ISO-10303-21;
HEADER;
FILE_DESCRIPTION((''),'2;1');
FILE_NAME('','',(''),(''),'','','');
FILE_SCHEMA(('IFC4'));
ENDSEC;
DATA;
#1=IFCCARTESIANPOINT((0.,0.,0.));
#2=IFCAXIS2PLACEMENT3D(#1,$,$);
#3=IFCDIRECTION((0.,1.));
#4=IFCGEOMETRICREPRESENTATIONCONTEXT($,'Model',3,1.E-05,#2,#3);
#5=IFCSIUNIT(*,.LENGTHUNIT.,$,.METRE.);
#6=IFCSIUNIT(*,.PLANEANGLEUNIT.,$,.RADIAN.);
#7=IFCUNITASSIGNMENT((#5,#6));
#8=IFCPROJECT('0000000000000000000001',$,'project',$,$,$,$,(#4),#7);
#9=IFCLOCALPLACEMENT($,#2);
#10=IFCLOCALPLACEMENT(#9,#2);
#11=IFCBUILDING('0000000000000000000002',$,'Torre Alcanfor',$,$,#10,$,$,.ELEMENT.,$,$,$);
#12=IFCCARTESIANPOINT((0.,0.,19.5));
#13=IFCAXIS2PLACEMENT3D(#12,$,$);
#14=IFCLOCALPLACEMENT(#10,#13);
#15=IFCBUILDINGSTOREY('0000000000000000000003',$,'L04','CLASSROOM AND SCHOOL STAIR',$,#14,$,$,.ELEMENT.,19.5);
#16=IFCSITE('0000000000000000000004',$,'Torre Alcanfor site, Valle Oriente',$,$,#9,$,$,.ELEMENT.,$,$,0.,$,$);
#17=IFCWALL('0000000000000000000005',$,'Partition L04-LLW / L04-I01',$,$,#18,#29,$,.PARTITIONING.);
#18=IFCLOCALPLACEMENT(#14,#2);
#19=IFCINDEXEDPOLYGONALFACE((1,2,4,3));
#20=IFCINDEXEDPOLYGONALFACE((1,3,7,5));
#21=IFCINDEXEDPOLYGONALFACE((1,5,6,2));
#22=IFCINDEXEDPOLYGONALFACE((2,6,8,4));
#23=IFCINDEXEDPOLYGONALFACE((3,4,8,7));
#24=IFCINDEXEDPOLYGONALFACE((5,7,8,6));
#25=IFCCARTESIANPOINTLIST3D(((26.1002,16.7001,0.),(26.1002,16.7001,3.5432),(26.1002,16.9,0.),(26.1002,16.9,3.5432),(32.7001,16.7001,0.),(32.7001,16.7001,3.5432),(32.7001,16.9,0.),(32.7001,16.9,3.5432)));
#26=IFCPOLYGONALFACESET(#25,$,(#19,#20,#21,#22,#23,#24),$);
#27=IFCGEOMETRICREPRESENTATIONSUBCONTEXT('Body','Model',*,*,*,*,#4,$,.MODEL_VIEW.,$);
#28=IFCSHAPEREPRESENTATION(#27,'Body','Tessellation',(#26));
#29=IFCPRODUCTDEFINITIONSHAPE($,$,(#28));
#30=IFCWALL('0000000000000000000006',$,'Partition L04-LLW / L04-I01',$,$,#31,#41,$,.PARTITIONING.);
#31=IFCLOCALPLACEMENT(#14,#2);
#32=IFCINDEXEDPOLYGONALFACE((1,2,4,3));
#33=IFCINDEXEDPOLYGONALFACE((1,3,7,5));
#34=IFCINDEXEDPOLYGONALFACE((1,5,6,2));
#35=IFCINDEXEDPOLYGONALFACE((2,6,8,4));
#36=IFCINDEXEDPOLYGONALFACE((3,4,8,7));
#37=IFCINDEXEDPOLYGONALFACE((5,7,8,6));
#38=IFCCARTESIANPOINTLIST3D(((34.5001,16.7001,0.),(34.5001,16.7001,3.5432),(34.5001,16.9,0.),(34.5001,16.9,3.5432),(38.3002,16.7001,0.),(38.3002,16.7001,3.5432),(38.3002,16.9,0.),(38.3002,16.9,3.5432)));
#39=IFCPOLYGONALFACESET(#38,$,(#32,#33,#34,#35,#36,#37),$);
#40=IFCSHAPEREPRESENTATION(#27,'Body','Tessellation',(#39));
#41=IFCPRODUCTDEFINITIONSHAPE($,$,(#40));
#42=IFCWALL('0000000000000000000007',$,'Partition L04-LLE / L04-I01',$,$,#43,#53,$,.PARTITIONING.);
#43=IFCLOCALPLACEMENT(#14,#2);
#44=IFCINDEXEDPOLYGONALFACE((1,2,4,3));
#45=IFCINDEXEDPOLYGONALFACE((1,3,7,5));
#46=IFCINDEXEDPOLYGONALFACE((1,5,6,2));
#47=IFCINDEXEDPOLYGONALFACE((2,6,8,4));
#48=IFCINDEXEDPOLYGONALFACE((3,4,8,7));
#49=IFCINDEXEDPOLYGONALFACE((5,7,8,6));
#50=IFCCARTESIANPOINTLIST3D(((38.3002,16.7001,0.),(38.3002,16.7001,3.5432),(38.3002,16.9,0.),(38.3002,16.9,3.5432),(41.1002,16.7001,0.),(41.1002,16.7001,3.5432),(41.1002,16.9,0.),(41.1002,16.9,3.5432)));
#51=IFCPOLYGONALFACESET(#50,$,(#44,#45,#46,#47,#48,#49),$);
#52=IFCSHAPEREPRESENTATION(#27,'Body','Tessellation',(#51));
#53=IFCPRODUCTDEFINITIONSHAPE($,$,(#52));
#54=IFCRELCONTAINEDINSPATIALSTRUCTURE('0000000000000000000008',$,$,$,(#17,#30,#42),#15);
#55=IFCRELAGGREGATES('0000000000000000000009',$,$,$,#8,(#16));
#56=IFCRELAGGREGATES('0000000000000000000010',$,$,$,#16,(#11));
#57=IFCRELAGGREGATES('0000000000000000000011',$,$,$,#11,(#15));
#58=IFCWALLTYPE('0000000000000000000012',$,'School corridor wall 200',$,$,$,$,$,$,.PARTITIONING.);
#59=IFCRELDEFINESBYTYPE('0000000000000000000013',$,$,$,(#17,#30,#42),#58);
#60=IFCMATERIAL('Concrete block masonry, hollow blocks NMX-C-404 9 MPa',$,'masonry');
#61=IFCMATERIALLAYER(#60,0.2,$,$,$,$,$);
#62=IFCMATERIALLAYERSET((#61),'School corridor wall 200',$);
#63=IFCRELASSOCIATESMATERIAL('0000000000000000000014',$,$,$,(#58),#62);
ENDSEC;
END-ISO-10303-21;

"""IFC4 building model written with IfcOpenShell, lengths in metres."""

from ifc_helpers import new_model, si_unit, direction, frame, frame_2d, origin, place, context, subcontext, project, spatial, rectangle, extrude, material, layer, layer_set, type_object, element, save


model = new_model("IFC4")

# Units and contexts
model_context = context("Model", 3, precision=1e-05, world=origin(), true_north=direction((0.0, 1.0)))
body_context = subcontext(model_context, "Body", "Model", "MODEL_VIEW")
ifc_project = project(units=[si_unit("LENGTHUNIT", "METRE"), si_unit("PLANEANGLEUNIT", "RADIAN")], contexts=[model_context])

# Site, building, storey
site_placement = place(None, origin())
site = spatial("IfcSite", under=ifc_project, at=site_placement, Name="Torre Alcanfor site, Valle Oriente", CompositionType="ELEMENT", RefElevation=0.0)
building_placement = place(site_placement, origin())
building = spatial("IfcBuilding", under=site, at=building_placement, Name="Torre Alcanfor", CompositionType="ELEMENT")
storey_placement = place(building_placement, frame((0.0, 0.0, 19.5)))
storey = spatial("IfcBuildingStorey", under=building, at=storey_placement, Name="L04", Description="CLASSROOM AND SCHOOL STAIR", CompositionType="ELEMENT", Elevation=19.5)

# Shared definitions
ifc_material_1 = material(Name="Concrete block masonry, hollow blocks NMX-C-404 9 MPa", Category="masonry")
ifc_layer_1 = layer(ifc_material_1, 0.2)
ifc_layer_set_1 = layer_set([ifc_layer_1], Name="School corridor wall 200")
wall_type_1 = type_object("IfcWallType", Name="School corridor wall 200", PredefinedType="PARTITIONING", material=ifc_layer_set_1)

# Walls
wall_1_placement = place(storey_placement, frame((32.7, 16.8, 0.0), z_axis=(0.0, 0.0, 1.0), x_axis=(-1.0, 0.0, 0.0)))
element("IfcWall", 1, at=wall_1_placement, inside=storey, type_object=wall_type_1, Name="Partition L04-LLW / L04-I01", PredefinedType="PARTITIONING", context=body_context, shape_type="SweptSolid", body=[
    extrude(rectangle(XDim=6.5999, YDim=0.2, at=frame_2d((3.2998, 0.0))), origin(), (0.0, 0.0, 1.0), 3.5432),
])
wall_2_placement = place(storey_placement, frame((38.3, 16.8, 0.0), z_axis=(0.0, 0.0, 1.0), x_axis=(-1.0, 0.0, 0.0)))
element("IfcWall", 2, at=wall_2_placement, inside=storey, type_object=wall_type_1, Name="Partition L04-LLW / L04-I01", PredefinedType="PARTITIONING", context=body_context, shape_type="SweptSolid", body=[
    extrude(rectangle(XDim=3.8, YDim=0.2, at=frame_2d((1.8999, 0.0))), origin(), (0.0, 0.0, 1.0), 3.5432),
])
wall_3_placement = place(storey_placement, frame((41.1001, 16.8, 0.0), z_axis=(0.0, 0.0, 1.0), x_axis=(-1.0, 0.0, 0.0)))
element("IfcWall", 3, at=wall_3_placement, inside=storey, type_object=wall_type_1, Name="Partition L04-LLE / L04-I01", PredefinedType="PARTITIONING", context=body_context, shape_type="SweptSolid", body=[
    extrude(rectangle(XDim=2.8, YDim=0.2, at=frame_2d((1.3999, 0.0))), origin(), (0.0, 0.0, 1.0), 3.5432),
])

save(model, "model.ifc")
